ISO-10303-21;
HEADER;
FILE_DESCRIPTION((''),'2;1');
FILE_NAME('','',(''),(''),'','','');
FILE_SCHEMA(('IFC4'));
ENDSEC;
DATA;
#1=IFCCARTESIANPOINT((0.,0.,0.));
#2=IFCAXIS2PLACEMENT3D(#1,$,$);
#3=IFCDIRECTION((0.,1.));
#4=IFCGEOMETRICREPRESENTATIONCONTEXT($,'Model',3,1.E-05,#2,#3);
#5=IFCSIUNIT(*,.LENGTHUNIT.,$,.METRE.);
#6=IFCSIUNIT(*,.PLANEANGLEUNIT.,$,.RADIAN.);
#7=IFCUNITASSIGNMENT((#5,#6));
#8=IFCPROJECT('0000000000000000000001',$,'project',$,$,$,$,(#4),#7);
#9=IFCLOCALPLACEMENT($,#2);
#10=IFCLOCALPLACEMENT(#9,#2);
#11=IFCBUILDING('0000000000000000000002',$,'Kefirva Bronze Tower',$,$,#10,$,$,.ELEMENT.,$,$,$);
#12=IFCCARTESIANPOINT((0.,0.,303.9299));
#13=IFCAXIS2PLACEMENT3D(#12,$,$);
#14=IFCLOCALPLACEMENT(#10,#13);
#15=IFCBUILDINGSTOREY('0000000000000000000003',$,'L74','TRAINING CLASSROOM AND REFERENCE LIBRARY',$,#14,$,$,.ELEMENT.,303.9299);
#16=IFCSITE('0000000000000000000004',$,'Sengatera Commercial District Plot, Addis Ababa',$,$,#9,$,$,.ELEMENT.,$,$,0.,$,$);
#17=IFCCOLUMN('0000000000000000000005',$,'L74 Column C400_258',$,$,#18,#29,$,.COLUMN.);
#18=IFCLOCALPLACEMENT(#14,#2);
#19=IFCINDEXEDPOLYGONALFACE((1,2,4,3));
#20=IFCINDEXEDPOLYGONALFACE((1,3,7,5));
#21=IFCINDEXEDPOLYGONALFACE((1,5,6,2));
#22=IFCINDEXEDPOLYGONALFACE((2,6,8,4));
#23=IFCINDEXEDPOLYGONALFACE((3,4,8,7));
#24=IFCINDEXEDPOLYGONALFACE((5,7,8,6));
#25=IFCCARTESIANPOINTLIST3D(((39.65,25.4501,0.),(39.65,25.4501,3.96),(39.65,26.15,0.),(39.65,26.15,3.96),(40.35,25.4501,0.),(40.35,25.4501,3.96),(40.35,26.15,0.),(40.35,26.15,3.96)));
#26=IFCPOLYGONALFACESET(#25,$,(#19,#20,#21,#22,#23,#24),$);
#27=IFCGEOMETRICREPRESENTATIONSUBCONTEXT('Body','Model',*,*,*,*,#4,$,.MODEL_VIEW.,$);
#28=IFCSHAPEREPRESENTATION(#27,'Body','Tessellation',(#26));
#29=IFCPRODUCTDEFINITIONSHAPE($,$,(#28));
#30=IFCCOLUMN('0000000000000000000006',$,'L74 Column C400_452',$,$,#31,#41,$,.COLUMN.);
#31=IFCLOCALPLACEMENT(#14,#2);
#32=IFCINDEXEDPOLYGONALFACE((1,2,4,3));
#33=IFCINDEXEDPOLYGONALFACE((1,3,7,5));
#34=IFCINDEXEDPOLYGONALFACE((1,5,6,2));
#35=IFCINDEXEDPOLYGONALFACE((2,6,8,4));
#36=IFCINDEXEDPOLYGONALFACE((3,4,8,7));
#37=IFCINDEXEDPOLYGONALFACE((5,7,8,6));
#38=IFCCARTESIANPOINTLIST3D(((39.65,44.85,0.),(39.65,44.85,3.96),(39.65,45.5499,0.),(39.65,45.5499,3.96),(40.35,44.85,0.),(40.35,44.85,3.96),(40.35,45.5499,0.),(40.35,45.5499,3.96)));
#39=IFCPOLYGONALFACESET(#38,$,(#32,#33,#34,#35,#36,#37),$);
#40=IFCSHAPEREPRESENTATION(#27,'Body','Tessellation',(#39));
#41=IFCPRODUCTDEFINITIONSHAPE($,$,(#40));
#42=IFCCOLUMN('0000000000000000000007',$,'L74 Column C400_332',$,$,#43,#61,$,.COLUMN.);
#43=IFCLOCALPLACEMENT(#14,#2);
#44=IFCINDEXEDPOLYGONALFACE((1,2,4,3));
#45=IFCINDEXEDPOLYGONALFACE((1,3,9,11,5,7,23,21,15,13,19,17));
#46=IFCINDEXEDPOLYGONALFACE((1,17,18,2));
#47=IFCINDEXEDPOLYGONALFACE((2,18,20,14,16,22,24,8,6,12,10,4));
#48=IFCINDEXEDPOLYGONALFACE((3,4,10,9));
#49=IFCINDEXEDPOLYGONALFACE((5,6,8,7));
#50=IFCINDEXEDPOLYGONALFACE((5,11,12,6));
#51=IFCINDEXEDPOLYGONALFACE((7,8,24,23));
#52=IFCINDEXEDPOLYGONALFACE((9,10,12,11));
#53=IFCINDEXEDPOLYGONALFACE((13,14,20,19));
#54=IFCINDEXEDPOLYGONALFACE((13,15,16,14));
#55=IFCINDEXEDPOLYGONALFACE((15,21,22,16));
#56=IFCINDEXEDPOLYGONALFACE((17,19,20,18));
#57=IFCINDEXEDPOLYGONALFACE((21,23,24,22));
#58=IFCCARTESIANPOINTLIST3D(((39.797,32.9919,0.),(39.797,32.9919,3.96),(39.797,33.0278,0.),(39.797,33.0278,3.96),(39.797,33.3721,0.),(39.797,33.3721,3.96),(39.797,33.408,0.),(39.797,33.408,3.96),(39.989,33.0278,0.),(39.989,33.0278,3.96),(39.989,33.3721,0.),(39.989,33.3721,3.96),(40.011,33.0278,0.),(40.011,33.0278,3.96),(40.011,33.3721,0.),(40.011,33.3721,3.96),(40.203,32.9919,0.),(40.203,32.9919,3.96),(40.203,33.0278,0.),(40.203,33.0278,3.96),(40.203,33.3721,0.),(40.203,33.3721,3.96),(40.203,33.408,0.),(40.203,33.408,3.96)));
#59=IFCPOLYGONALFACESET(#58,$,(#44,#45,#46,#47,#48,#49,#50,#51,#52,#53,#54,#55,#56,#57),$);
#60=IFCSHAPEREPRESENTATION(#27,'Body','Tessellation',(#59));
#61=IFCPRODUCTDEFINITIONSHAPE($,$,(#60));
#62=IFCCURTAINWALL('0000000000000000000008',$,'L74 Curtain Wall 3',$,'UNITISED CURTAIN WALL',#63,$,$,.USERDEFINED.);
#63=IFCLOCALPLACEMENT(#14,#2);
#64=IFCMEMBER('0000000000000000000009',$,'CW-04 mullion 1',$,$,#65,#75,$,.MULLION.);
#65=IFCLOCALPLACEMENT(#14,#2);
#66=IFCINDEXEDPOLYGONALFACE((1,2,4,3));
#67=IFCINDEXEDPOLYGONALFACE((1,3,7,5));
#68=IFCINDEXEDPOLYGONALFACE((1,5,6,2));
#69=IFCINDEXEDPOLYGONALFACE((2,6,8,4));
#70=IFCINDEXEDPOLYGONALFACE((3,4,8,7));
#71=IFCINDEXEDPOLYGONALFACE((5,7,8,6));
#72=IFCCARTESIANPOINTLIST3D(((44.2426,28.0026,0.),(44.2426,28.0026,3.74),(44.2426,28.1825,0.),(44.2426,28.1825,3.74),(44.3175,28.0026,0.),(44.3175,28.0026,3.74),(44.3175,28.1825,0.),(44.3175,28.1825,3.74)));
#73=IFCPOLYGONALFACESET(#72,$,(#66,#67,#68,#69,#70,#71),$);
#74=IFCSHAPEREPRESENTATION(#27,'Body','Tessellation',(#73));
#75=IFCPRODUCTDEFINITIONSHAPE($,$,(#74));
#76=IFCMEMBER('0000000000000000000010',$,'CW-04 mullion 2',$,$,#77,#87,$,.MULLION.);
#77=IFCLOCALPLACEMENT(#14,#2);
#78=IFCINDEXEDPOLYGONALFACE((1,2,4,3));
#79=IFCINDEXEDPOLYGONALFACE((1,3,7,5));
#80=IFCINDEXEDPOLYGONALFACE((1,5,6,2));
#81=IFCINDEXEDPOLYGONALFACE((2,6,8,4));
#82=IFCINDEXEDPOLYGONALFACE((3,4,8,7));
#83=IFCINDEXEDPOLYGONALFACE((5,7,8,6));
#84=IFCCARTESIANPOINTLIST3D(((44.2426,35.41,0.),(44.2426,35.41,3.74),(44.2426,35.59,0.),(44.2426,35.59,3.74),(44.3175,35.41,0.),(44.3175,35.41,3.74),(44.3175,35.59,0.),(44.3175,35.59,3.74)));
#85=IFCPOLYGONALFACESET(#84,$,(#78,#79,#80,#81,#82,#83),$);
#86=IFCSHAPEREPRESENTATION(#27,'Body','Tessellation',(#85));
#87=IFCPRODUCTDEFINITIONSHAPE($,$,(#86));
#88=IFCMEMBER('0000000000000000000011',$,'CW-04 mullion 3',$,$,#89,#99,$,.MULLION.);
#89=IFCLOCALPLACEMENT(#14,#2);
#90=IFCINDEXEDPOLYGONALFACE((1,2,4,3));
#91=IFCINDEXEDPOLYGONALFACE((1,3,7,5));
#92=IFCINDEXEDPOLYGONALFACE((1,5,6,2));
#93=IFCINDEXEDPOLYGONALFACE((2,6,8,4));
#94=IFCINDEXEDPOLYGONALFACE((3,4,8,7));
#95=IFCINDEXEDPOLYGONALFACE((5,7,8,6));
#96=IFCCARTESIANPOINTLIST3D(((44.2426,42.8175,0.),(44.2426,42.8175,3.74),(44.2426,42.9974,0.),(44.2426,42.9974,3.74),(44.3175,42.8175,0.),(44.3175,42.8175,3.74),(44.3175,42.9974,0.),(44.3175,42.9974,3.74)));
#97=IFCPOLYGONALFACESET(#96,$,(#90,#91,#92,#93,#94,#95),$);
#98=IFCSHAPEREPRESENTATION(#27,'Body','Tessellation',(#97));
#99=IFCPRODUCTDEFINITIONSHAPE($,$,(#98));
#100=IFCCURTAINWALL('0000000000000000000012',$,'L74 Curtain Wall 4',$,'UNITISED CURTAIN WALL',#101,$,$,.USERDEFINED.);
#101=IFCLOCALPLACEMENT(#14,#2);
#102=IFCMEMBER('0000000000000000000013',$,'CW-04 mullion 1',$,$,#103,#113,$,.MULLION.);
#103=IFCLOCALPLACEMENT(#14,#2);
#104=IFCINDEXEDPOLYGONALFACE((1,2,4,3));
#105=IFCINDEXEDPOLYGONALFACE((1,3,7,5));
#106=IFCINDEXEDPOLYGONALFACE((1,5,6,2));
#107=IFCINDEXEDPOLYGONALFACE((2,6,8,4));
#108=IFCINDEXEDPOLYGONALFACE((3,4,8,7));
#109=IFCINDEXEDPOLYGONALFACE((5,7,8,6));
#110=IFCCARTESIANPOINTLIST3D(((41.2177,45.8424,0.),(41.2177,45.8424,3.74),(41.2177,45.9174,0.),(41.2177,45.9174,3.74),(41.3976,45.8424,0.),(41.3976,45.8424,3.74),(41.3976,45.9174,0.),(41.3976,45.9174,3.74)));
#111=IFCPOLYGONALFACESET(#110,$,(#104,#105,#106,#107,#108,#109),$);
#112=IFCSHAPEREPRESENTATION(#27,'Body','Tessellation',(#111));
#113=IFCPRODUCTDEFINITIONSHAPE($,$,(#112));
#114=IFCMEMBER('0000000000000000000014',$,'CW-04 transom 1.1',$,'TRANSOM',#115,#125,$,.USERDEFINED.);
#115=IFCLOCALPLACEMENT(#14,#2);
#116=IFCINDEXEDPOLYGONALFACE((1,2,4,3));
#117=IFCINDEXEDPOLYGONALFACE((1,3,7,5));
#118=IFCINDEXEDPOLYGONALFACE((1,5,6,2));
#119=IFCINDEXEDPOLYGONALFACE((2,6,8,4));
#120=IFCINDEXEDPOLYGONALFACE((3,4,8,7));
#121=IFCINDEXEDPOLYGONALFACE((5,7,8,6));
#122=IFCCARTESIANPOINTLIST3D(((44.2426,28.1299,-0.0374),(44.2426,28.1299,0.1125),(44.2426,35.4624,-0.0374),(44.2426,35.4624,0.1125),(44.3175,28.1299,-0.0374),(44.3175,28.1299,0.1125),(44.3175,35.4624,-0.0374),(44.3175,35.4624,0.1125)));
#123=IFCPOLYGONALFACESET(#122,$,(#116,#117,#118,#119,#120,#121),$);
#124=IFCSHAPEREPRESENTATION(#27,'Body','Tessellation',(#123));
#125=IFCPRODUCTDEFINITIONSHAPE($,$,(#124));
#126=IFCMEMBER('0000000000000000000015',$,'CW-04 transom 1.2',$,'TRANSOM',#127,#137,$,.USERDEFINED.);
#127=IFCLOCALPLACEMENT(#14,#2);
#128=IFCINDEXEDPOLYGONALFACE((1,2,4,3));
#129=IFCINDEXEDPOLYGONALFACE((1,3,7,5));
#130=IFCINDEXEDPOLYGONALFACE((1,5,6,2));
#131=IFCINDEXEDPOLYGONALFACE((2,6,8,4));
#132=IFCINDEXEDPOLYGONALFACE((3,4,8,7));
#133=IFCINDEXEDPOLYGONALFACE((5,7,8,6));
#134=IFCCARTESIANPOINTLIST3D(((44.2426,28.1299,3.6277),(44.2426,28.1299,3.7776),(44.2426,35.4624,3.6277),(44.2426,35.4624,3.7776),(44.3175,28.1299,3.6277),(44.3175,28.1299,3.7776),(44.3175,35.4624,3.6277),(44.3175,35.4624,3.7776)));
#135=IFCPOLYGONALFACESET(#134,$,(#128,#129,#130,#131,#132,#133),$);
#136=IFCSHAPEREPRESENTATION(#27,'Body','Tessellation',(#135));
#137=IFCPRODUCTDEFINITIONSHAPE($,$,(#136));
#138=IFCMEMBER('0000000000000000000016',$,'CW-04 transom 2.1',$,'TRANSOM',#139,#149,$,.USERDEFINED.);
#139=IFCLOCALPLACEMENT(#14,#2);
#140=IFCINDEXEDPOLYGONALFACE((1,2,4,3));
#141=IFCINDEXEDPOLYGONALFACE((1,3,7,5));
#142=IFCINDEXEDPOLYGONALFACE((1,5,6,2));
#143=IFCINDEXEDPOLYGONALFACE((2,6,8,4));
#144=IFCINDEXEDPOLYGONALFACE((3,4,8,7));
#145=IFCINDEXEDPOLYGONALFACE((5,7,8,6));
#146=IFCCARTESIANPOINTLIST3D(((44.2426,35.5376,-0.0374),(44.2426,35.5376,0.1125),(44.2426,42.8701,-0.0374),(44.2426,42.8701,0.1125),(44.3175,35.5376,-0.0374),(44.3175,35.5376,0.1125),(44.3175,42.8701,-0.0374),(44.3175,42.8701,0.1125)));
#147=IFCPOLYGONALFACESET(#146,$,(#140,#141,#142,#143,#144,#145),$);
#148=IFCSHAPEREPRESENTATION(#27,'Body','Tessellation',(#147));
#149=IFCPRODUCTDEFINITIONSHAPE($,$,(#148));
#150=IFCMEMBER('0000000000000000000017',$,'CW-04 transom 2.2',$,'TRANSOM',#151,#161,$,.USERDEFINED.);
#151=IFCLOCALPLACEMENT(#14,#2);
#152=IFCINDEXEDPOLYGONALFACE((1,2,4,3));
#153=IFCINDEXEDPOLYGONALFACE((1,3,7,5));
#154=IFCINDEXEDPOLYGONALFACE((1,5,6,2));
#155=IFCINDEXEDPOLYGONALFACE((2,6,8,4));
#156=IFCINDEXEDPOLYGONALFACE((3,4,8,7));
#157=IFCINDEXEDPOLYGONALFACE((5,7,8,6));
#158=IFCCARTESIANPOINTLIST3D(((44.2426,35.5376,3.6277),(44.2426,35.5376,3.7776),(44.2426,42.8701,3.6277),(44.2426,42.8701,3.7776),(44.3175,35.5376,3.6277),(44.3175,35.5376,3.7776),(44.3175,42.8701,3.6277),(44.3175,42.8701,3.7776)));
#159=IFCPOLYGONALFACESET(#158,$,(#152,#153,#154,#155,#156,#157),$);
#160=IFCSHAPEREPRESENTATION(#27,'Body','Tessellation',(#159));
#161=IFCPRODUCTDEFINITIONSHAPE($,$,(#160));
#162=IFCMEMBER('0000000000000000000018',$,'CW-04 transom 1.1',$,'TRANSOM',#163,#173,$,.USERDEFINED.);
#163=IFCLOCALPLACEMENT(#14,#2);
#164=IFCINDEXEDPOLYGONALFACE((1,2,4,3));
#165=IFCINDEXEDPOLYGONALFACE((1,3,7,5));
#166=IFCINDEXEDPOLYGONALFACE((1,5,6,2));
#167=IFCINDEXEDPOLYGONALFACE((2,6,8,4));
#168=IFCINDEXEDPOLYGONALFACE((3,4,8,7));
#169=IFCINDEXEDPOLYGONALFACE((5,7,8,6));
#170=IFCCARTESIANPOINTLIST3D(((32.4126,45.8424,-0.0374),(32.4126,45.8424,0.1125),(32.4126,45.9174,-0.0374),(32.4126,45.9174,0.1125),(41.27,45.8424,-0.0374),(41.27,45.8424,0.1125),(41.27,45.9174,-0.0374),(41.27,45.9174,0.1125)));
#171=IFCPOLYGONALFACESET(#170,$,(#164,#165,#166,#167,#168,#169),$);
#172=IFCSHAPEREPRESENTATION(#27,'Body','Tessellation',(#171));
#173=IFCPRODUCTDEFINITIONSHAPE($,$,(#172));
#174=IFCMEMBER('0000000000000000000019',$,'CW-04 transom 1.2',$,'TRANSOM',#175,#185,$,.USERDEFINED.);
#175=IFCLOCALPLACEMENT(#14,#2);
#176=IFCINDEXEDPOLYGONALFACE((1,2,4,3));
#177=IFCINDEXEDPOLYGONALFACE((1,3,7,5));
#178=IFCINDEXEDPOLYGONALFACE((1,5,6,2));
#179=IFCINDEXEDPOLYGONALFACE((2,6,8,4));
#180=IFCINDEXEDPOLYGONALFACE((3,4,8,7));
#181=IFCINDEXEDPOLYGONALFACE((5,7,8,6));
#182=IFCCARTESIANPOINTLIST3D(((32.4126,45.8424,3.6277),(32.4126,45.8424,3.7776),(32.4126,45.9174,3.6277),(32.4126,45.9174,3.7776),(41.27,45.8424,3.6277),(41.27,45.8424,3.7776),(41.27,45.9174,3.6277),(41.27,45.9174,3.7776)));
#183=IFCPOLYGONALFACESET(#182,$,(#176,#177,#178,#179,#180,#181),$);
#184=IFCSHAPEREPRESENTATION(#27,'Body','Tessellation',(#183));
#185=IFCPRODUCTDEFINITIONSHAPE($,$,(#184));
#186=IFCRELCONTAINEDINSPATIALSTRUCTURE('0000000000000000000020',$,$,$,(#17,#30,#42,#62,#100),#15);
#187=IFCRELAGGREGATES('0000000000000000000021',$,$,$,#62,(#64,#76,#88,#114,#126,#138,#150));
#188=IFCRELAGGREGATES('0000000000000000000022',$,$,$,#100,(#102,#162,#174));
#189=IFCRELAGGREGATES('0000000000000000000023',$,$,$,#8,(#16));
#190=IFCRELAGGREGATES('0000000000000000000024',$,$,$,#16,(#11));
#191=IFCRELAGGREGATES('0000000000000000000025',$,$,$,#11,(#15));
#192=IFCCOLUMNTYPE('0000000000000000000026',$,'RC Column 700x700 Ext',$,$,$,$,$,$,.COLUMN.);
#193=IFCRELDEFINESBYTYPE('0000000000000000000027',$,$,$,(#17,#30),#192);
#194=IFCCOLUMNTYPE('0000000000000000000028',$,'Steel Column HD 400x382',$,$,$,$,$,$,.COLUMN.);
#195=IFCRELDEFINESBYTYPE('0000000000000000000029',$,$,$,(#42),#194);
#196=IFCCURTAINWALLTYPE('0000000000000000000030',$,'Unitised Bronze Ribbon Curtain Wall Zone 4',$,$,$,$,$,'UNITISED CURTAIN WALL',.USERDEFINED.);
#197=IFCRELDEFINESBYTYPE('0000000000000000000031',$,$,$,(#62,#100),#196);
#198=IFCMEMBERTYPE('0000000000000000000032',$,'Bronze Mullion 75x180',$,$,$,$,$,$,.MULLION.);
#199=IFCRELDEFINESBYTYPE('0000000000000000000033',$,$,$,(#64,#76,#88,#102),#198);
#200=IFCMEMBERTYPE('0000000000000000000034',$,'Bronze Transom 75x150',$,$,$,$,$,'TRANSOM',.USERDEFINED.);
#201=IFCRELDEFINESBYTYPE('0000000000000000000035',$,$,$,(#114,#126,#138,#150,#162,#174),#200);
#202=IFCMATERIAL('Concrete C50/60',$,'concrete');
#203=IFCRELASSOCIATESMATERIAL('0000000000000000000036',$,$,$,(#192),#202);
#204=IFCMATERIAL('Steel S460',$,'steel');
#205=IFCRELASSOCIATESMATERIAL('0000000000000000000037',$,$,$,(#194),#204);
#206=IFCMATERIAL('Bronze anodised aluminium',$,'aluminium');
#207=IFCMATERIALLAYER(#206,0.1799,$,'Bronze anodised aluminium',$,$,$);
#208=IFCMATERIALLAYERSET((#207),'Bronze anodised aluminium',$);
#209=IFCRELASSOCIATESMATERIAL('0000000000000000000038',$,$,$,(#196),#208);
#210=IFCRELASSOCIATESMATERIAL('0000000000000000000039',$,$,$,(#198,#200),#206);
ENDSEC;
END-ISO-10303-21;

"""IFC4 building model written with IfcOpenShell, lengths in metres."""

from ifc_helpers import new_model, si_unit, direction, frame, origin, origin_2d, place, context, subcontext, project, spatial, rectangle, i_section, extrude, material, layer, layer_set, material_profile, profile_set, type_object, element, aggregate, save


model = new_model("IFC4")

# Units and contexts
model_context = context("Model", 3, precision=1e-05, world=origin(), true_north=direction((0.0, 1.0)))
body_context = subcontext(model_context, "Body", "Model", "MODEL_VIEW")
ifc_project = project(units=[si_unit("LENGTHUNIT", "METRE"), si_unit("PLANEANGLEUNIT", "RADIAN")], contexts=[model_context])

# Site, building, storey
site_placement = place(None, origin())
site = spatial("IfcSite", under=ifc_project, at=site_placement, Name="Sengatera Commercial District Plot, Addis Ababa", CompositionType="ELEMENT", RefElevation=0.0)
building_placement = place(site_placement, origin())
building = spatial("IfcBuilding", under=site, at=building_placement, Name="Kefirva Bronze Tower", CompositionType="ELEMENT")
storey_placement = place(building_placement, frame((0.0, 0.0, 303.9299)))
storey = spatial("IfcBuildingStorey", under=building, at=storey_placement, Name="L74", Description="TRAINING CLASSROOM AND REFERENCE LIBRARY", CompositionType="ELEMENT", Elevation=303.9299)

# Columns
ifc_material_1 = material(Name="Concrete C50/60", Category="concrete")
ifc_material_profile_1 = material_profile(ifc_material_1, rectangle(XDim=0.7, YDim=0.7, at=origin_2d()), Name="RC 700x700")
ifc_profile_set_1 = profile_set([ifc_material_profile_1], Name="Concrete C50/60")
column_type_1 = type_object("IfcColumnType", Name="RC Column 700x700 Ext", PredefinedType="COLUMN", material=ifc_profile_set_1)
for number, where, z_axis, x_axis, name in (
    (1, (40.0, 25.8, 0.0), (0.0, 0.0, 1.0), (1.0, 0.0, 0.0), "L74 Column C400_258"),
    (2, (40.0, 45.2, 0.0), (0.0, 0.0, 1.0), (1.0, 0.0, 0.0), "L74 Column C400_452"),
):
    element("IfcColumn", number, at=place(storey_placement, frame(where, z_axis=z_axis, x_axis=x_axis)), inside=storey, type_object=column_type_1, Name=name, PredefinedType="COLUMN", context=body_context, shape_type="SweptSolid", body=[
        extrude(rectangle(XDim=0.7, YDim=0.7, at=origin_2d()), origin(), (0.0, 0.0, 1.0), 3.96),
    ])
ifc_material_2 = material(Name="Steel S460", Category="steel")
ifc_material_profile_2 = material_profile(ifc_material_2, i_section(OverallWidth=0.406, OverallDepth=0.416, WebThickness=0.022, FlangeThickness=0.0359, at=origin_2d()), Name="HD 400x382")
ifc_profile_set_2 = profile_set([ifc_material_profile_2], Name="Steel S460")
column_type_2 = type_object("IfcColumnType", Name="Steel Column HD 400x382", PredefinedType="COLUMN", material=ifc_profile_set_2)
column_placement = place(storey_placement, frame((40.0, 33.2, 0.0), z_axis=(0.0, 0.0, 1.0), x_axis=(1.0, 0.0, 0.0)))
element("IfcColumn", 3, at=column_placement, inside=storey, type_object=column_type_2, Name="L74 Column C400_332", PredefinedType="COLUMN", context=body_context, shape_type="SweptSolid", body=[
    extrude(i_section(OverallWidth=0.406, OverallDepth=0.416, WebThickness=0.022, FlangeThickness=0.0359, at=origin_2d()), origin(), (0.0, 0.0, 1.0), 3.96),
])

# Curtain wall, members
ifc_material_3 = material(Name="Bronze anodised aluminium", Category="aluminium")
ifc_layer_1 = layer(ifc_material_3, 0.1799, Name="Bronze anodised aluminium")
ifc_layer_set_1 = layer_set([ifc_layer_1], Name="Bronze anodised aluminium")
curtain_wall_type = type_object("IfcCurtainWallType", Name="Unitised Bronze Ribbon Curtain Wall Zone 4", ElementType="UNITISED CURTAIN WALL", PredefinedType="USERDEFINED", material=ifc_layer_set_1)
curtain_wall_1_placement = place(storey_placement, origin())
curtain_wall_1 = element("IfcCurtainWall", 4, at=curtain_wall_1_placement, inside=storey, type_object=curtain_wall_type, Name="L74 Curtain Wall 3", ObjectType="UNITISED CURTAIN WALL", PredefinedType="USERDEFINED")
ifc_material_profile_3 = material_profile(ifc_material_3, rectangle(XDim=0.075, YDim=0.1799, at=origin_2d()), Name="ALU 75x180")
ifc_profile_set_3 = profile_set([ifc_material_profile_3], Name="Bronze anodised aluminium")
member_type_1 = type_object("IfcMemberType", Name="Bronze Mullion 75x180", PredefinedType="MULLION", material=ifc_profile_set_3)
member_1_placement = place(storey_placement, frame((44.28, 28.0925, 0.0), z_axis=(0.0, 0.0, 1.0), x_axis=(-1.0, 0.0, 0.0)))
member_1 = element("IfcMember", 5, at=member_1_placement, type_object=member_type_1, Name="CW-04 mullion 1", PredefinedType="MULLION", context=body_context, shape_type="SweptSolid", body=[
    extrude(rectangle(XDim=0.075, YDim=0.1799, at=origin_2d()), origin(), (0.0, 0.0, 1.0), 3.74),
])
member_2_placement = place(storey_placement, frame((44.28, 35.5, 0.0), z_axis=(0.0, 0.0, 1.0), x_axis=(-1.0, 0.0, 0.0)))
member_2 = element("IfcMember", 6, at=member_2_placement, type_object=member_type_1, Name="CW-04 mullion 2", PredefinedType="MULLION", context=body_context, shape_type="SweptSolid", body=[
    extrude(rectangle(XDim=0.075, YDim=0.1799, at=origin_2d()), origin(), (0.0, 0.0, 1.0), 3.74),
])
member_3_placement = place(storey_placement, frame((44.28, 42.9075, 0.0), z_axis=(0.0, 0.0, 1.0), x_axis=(-1.0, 0.0, 0.0)))
member_3 = element("IfcMember", 7, at=member_3_placement, type_object=member_type_1, Name="CW-04 mullion 3", PredefinedType="MULLION", context=body_context, shape_type="SweptSolid", body=[
    extrude(rectangle(XDim=0.075, YDim=0.1799, at=origin_2d()), origin(), (0.0, 0.0, 1.0), 3.74),
])

# Curtain wall, member
curtain_wall_2_placement = place(storey_placement, origin())
curtain_wall_2 = element("IfcCurtainWall", 8, at=curtain_wall_2_placement, inside=storey, type_object=curtain_wall_type, Name="L74 Curtain Wall 4", ObjectType="UNITISED CURTAIN WALL", PredefinedType="USERDEFINED")
member_4_placement = place(storey_placement, frame((41.3076, 45.8799, 0.0), z_axis=(0.0, 0.0, 1.0), x_axis=(0.0, -1.0, 0.0)))
member_4 = element("IfcMember", 9, at=member_4_placement, type_object=member_type_1, Name="CW-04 mullion 1", PredefinedType="MULLION", context=body_context, shape_type="SweptSolid", body=[
    extrude(rectangle(XDim=0.075, YDim=0.1799, at=origin_2d()), origin(), (0.0, 0.0, 1.0), 3.74),
])

# Members
ifc_material_profile_4 = material_profile(ifc_material_3, rectangle(XDim=0.075, YDim=0.1499, at=origin_2d()), Name="ALU 75x150")
ifc_profile_set_4 = profile_set([ifc_material_profile_4], Name="Bronze anodised aluminium")
member_type_2 = type_object("IfcMemberType", Name="Bronze Transom 75x150", ElementType="TRANSOM", PredefinedType="USERDEFINED", material=ifc_profile_set_4)
member_5_placement = place(storey_placement, frame((44.28, 28.1299, 0.0376), z_axis=(0.0, 1.0, 0.0), x_axis=(-1.0, 0.0, 0.0)))
member_5 = element("IfcMember", 10, at=member_5_placement, type_object=member_type_2, Name="CW-04 transom 1.1", ObjectType="TRANSOM", PredefinedType="USERDEFINED", context=body_context, shape_type="SweptSolid", body=[
    extrude(rectangle(XDim=0.075, YDim=0.1499, at=origin_2d()), origin(), (0.0, 0.0, 1.0), 7.3325),
])
member_6_placement = place(storey_placement, frame((44.28, 28.1299, 3.7026), z_axis=(0.0, 1.0, 0.0), x_axis=(-1.0, 0.0, 0.0)))
member_6 = element("IfcMember", 11, at=member_6_placement, type_object=member_type_2, Name="CW-04 transom 1.2", ObjectType="TRANSOM", PredefinedType="USERDEFINED", context=body_context, shape_type="SweptSolid", body=[
    extrude(rectangle(XDim=0.075, YDim=0.1499, at=origin_2d()), origin(), (0.0, 0.0, 1.0), 7.3325),
])
member_7_placement = place(storey_placement, frame((44.28, 35.5376, 0.0376), z_axis=(0.0, 1.0, 0.0), x_axis=(-1.0, 0.0, 0.0)))
member_7 = element("IfcMember", 12, at=member_7_placement, type_object=member_type_2, Name="CW-04 transom 2.1", ObjectType="TRANSOM", PredefinedType="USERDEFINED", context=body_context, shape_type="SweptSolid", body=[
    extrude(rectangle(XDim=0.075, YDim=0.1499, at=origin_2d()), origin(), (0.0, 0.0, 1.0), 7.3325),
])
member_8_placement = place(storey_placement, frame((44.28, 35.5376, 3.7026), z_axis=(0.0, 1.0, 0.0), x_axis=(-1.0, 0.0, 0.0)))
member_8 = element("IfcMember", 13, at=member_8_placement, type_object=member_type_2, Name="CW-04 transom 2.2", ObjectType="TRANSOM", PredefinedType="USERDEFINED", context=body_context, shape_type="SweptSolid", body=[
    extrude(rectangle(XDim=0.075, YDim=0.1499, at=origin_2d()), origin(), (0.0, 0.0, 1.0), 7.3325),
])
member_9_placement = place(storey_placement, frame((41.27, 45.8799, 0.0376), z_axis=(-1.0, 0.0, 0.0), x_axis=(0.0, -1.0, 0.0)))
member_9 = element("IfcMember", 14, at=member_9_placement, type_object=member_type_2, Name="CW-04 transom 1.1", ObjectType="TRANSOM", PredefinedType="USERDEFINED", context=body_context, shape_type="SweptSolid", body=[
    extrude(rectangle(XDim=0.075, YDim=0.1499, at=origin_2d()), origin(), (0.0, 0.0, 1.0), 8.8574),
])
member_10_placement = place(storey_placement, frame((41.27, 45.8799, 3.7026), z_axis=(-1.0, 0.0, 0.0), x_axis=(0.0, -1.0, 0.0)))
member_10 = element("IfcMember", 15, at=member_10_placement, type_object=member_type_2, Name="CW-04 transom 1.2", ObjectType="TRANSOM", PredefinedType="USERDEFINED", context=body_context, shape_type="SweptSolid", body=[
    extrude(rectangle(XDim=0.075, YDim=0.1499, at=origin_2d()), origin(), (0.0, 0.0, 1.0), 8.8574),
])

aggregate(curtain_wall_1, [member_1, member_2, member_3, member_5, member_6, member_7, member_8])
aggregate(curtain_wall_2, [member_4, member_9, member_10])

save(model, "model.ifc")
